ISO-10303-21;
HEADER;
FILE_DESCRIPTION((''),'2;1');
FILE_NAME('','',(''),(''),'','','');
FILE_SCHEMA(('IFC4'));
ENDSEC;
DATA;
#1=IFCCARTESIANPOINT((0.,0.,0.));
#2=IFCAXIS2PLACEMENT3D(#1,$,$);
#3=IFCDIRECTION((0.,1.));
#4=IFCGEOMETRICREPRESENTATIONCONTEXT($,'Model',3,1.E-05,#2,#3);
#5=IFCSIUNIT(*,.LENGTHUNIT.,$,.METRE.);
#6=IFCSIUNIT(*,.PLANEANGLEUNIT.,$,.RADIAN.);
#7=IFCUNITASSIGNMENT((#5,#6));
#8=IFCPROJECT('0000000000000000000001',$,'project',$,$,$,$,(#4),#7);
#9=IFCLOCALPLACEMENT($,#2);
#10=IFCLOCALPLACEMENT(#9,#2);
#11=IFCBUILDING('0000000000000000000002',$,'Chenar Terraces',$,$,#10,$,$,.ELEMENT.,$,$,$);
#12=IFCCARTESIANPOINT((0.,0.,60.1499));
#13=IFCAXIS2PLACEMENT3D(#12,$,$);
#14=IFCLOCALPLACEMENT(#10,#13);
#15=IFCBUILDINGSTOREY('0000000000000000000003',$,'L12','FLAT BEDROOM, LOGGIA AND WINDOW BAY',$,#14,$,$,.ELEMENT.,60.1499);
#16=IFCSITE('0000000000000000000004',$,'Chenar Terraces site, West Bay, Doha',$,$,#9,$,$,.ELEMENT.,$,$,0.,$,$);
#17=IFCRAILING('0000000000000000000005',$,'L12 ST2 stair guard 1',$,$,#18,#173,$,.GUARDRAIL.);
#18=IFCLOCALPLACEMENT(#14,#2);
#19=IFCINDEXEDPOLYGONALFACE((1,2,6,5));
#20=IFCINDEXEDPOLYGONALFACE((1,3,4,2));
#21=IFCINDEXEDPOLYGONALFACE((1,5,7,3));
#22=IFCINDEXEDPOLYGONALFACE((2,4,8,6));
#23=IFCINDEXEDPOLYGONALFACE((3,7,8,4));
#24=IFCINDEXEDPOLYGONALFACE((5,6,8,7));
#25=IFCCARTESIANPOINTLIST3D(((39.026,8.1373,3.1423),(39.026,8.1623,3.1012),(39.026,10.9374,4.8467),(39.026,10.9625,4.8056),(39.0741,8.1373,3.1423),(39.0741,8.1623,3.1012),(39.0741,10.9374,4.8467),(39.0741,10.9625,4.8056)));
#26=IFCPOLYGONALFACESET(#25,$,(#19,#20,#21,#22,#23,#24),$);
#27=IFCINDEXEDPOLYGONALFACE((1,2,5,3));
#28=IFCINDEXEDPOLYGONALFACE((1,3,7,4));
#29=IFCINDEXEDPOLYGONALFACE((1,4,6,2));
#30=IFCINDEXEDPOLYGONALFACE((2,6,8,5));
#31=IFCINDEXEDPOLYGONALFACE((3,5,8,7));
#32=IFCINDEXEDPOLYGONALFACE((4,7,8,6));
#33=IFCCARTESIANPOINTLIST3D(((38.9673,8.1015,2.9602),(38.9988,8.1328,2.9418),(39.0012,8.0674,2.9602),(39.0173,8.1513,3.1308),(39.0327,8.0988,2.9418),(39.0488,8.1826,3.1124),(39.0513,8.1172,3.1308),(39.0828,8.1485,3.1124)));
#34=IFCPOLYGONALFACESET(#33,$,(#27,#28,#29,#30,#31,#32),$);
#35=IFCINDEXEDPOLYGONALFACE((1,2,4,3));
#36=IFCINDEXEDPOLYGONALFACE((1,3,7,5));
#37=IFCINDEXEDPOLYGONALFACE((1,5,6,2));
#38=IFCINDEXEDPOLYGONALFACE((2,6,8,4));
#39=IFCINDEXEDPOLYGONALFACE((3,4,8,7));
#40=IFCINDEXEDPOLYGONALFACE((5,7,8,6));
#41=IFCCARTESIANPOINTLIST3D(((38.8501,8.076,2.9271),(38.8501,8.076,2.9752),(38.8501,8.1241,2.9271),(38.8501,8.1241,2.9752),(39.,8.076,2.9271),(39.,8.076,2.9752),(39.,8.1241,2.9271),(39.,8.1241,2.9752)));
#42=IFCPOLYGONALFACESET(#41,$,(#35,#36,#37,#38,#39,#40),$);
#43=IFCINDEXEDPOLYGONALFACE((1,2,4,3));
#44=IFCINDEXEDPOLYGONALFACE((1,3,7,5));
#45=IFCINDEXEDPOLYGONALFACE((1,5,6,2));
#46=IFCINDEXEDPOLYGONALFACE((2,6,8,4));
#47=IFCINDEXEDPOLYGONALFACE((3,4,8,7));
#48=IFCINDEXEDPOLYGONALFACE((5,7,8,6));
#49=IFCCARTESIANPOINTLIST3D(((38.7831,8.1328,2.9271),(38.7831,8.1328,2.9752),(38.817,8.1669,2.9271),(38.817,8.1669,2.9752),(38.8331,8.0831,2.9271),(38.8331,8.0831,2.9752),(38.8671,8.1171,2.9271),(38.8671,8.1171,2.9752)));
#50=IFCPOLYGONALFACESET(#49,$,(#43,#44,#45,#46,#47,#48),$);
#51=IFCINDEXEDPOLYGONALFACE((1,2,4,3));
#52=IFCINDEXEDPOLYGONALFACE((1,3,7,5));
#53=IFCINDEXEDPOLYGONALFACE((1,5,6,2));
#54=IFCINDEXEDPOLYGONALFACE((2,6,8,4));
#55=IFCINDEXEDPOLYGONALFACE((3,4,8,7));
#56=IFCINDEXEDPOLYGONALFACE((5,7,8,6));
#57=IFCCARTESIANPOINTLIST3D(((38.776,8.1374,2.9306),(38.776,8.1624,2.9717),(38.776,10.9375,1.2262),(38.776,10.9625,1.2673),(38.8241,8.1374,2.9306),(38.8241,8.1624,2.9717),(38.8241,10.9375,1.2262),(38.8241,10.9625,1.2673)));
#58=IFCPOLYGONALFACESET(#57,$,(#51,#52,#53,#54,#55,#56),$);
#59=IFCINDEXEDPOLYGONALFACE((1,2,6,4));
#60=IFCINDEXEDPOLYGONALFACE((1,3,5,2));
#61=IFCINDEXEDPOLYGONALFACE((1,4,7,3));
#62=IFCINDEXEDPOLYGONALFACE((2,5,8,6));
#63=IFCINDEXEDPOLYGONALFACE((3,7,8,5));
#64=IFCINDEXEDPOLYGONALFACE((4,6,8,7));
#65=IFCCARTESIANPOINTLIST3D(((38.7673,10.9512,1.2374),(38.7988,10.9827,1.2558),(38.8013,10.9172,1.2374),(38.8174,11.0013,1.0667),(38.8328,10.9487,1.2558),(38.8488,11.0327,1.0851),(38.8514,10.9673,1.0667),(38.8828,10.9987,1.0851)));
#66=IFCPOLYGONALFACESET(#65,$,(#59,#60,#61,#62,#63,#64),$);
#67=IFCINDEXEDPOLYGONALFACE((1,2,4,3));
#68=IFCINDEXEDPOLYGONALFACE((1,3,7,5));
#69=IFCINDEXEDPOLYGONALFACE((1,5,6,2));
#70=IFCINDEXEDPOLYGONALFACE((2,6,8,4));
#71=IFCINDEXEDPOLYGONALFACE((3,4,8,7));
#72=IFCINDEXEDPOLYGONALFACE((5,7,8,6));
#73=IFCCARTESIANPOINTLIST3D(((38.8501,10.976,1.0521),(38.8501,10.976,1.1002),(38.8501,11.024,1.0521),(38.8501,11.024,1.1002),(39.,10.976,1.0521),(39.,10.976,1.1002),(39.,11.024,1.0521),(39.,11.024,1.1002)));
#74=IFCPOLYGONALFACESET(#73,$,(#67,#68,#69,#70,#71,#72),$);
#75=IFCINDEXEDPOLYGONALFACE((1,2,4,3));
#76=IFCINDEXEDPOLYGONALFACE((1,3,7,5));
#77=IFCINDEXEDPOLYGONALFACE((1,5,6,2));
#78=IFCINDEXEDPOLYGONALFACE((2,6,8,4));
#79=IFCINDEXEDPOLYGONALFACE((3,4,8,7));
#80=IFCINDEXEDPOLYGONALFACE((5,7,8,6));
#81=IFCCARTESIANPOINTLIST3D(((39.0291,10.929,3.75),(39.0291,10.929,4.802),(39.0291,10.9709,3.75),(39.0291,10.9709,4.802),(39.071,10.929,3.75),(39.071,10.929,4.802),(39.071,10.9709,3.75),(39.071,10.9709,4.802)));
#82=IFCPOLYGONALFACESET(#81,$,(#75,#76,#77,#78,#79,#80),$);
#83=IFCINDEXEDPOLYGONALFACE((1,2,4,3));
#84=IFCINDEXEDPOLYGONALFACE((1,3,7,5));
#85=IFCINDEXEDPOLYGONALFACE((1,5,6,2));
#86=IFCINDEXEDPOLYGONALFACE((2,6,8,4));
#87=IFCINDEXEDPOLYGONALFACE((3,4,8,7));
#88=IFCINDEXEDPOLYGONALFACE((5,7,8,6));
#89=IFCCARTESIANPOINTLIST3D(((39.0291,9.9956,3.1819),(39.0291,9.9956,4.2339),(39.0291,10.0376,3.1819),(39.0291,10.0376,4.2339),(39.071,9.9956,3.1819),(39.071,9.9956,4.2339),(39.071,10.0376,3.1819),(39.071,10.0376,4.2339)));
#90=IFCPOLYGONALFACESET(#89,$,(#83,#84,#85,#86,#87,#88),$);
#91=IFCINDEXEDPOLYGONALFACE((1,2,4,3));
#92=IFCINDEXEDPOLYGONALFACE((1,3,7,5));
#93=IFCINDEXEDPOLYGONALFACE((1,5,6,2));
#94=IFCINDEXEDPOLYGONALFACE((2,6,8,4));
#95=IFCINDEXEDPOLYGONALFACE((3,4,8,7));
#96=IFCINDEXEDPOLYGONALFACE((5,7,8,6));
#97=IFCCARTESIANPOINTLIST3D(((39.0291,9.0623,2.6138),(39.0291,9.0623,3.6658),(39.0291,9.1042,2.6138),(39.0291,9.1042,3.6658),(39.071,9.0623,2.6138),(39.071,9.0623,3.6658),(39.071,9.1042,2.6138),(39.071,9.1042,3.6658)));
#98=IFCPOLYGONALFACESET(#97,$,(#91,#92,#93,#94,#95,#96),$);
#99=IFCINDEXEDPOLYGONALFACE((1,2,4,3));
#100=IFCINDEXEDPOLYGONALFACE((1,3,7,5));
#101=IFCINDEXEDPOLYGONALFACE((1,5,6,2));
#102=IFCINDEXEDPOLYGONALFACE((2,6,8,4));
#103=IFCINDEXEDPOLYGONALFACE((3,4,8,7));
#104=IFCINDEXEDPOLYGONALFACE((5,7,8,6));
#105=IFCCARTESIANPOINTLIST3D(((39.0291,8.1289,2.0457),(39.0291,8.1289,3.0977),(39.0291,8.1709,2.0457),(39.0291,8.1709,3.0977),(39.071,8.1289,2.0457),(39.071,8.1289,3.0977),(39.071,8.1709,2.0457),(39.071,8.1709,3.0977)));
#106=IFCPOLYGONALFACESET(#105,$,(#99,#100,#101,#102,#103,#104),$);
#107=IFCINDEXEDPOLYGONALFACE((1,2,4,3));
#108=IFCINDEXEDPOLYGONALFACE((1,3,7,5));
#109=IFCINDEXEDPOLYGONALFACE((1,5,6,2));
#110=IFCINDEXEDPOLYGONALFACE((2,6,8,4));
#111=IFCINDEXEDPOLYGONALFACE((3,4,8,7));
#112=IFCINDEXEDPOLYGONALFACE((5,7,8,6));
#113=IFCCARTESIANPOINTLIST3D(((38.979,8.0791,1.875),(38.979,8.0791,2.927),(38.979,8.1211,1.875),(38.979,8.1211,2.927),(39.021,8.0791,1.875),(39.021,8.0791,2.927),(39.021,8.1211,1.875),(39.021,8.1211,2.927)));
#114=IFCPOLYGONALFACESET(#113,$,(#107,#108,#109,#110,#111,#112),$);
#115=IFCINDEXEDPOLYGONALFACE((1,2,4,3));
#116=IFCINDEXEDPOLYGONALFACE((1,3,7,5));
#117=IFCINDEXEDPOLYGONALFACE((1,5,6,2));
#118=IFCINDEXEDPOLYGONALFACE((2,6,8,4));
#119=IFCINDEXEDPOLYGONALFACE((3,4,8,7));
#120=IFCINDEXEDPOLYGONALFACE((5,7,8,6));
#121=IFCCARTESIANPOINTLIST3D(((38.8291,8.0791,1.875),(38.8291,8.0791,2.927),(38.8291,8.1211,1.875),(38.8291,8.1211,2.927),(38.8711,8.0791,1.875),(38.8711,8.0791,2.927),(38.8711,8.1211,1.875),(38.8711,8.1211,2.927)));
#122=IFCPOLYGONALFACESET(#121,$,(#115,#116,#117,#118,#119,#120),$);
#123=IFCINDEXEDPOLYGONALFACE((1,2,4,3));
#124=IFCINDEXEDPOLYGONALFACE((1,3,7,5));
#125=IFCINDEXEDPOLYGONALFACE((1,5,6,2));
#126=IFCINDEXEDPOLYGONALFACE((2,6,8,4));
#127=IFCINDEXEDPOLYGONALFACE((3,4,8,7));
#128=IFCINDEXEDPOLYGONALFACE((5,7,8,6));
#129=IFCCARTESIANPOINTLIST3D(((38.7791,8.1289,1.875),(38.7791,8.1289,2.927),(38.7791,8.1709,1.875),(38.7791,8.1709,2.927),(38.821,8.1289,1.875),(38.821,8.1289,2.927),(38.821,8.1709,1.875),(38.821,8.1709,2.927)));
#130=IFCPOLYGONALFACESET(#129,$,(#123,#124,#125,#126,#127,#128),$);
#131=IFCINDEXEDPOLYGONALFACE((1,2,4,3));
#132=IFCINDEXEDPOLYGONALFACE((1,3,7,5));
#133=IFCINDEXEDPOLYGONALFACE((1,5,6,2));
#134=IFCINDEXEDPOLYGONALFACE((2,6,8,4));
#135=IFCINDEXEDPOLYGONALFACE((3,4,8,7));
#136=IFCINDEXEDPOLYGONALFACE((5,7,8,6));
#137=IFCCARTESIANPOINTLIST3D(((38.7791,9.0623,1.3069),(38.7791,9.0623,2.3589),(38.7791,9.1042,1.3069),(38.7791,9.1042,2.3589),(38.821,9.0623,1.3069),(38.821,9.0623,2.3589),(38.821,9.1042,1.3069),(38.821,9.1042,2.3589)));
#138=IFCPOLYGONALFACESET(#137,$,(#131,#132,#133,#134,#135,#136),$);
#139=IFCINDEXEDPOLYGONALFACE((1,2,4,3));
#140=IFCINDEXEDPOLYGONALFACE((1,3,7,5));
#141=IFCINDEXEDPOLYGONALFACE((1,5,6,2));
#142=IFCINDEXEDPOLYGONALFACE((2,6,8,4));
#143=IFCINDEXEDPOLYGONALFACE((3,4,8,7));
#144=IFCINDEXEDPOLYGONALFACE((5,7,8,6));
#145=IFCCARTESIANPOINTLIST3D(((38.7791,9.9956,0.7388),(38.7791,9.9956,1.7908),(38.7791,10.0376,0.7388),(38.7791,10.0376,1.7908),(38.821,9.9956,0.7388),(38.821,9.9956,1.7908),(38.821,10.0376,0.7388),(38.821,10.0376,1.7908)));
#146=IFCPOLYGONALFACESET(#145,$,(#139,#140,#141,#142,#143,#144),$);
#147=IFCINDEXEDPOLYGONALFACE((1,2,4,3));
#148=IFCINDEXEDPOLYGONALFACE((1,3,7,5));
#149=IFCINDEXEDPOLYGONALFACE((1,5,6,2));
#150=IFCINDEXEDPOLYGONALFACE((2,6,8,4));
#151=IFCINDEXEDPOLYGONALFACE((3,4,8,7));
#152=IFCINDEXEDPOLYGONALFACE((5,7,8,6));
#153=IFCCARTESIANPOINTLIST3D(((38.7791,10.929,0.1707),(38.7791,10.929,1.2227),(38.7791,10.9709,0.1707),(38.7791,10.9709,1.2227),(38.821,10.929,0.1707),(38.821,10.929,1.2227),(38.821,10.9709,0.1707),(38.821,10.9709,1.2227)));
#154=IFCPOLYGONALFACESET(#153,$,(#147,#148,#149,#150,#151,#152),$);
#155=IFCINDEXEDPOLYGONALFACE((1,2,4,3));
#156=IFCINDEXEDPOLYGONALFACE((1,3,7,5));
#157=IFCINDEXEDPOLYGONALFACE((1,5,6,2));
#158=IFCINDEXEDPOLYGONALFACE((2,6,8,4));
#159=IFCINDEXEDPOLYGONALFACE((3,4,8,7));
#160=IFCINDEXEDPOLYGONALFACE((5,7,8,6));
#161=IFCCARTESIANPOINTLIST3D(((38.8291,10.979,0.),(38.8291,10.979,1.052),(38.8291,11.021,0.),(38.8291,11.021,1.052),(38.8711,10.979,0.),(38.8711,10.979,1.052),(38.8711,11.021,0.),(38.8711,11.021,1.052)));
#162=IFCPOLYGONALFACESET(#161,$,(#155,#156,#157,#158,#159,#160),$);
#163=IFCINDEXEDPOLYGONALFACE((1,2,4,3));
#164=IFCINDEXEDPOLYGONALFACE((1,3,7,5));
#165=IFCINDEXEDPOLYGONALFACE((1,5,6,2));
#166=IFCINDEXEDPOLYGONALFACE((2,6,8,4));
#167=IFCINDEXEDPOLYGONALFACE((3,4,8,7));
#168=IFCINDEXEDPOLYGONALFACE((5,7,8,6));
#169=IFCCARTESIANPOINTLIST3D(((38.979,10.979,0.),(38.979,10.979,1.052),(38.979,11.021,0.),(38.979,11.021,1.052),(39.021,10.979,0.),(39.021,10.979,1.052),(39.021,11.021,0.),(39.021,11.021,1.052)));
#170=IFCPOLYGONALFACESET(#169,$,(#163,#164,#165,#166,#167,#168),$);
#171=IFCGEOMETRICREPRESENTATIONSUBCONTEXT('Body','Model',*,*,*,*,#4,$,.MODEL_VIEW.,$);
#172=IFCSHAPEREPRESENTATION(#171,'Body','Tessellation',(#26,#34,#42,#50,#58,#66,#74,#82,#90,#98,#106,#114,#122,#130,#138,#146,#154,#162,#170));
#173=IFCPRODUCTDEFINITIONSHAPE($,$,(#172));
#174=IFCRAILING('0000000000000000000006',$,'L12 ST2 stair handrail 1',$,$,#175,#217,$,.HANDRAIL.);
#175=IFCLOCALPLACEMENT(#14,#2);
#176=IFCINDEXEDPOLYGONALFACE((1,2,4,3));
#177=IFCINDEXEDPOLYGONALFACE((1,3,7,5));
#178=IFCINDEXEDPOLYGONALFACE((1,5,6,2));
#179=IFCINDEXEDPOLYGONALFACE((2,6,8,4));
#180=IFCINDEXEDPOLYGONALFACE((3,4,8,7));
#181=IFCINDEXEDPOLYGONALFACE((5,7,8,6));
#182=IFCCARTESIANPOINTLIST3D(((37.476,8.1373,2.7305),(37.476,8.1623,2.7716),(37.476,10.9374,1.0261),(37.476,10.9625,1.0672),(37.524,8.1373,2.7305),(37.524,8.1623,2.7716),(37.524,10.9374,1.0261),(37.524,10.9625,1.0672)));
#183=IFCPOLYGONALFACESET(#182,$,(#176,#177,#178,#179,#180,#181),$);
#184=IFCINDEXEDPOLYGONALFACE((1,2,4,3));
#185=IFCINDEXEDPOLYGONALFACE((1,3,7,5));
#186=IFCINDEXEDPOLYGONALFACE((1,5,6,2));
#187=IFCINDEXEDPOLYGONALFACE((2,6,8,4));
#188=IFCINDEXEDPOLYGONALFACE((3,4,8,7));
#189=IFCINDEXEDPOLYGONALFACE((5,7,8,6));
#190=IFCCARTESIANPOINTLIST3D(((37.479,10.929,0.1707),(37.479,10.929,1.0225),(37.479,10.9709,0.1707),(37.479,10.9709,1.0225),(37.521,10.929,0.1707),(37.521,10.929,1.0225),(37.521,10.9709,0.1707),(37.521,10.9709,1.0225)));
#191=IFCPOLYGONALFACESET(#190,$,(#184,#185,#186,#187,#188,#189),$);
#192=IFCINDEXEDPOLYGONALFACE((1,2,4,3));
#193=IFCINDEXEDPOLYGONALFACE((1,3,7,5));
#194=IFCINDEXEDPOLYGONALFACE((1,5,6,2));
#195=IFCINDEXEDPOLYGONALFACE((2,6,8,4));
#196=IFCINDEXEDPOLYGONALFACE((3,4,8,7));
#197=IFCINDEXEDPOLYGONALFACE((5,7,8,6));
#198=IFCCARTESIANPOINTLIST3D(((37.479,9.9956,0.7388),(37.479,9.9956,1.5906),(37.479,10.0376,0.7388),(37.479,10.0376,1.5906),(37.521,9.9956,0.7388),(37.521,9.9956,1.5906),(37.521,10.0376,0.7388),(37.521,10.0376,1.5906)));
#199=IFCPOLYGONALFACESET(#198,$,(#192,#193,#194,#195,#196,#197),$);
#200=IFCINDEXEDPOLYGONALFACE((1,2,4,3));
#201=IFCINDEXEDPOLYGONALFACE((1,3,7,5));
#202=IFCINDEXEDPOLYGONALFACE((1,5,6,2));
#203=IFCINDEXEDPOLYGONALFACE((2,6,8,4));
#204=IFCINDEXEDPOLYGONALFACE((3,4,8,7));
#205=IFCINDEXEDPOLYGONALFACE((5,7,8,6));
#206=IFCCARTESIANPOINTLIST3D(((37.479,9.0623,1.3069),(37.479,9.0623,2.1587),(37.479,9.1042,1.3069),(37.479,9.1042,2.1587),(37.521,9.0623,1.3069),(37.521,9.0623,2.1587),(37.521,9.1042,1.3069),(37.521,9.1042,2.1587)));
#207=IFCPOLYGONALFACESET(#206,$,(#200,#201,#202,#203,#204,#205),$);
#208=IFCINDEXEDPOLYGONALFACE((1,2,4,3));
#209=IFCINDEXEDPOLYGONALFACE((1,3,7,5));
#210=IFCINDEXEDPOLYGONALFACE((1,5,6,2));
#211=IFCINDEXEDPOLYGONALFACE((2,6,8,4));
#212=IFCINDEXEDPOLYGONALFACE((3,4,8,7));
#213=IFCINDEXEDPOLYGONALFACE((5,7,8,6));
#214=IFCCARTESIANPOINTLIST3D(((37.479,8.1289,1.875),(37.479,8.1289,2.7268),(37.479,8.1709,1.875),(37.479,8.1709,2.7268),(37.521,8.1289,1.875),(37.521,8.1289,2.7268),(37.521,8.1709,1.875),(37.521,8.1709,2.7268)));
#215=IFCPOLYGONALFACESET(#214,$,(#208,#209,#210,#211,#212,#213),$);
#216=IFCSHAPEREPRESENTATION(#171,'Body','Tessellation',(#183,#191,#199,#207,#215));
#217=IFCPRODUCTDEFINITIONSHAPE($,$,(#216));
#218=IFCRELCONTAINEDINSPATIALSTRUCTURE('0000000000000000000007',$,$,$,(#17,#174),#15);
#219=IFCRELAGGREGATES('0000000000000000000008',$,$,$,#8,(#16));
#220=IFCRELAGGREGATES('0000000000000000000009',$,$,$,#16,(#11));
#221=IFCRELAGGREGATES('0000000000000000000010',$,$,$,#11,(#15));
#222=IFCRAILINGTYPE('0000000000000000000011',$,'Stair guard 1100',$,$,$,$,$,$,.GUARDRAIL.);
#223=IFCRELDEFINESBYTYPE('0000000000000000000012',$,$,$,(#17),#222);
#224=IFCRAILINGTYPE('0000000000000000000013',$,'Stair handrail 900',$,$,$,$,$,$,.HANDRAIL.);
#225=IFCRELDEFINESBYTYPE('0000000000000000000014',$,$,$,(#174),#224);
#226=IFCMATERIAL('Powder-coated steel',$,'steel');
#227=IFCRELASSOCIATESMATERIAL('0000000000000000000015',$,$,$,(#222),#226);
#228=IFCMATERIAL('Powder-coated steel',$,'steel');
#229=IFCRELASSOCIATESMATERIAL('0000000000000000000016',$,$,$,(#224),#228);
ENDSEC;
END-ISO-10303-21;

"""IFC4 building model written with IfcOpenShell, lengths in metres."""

from ifc_helpers import new_model, si_unit, direction, frame, origin, origin_2d, place, context, subcontext, project, spatial, rectangle, extrude, material, type_object, element, save


model = new_model("IFC4")

# Units and contexts
model_context = context("Model", 3, precision=1e-05, world=origin(), true_north=direction((0.0, 1.0)))
body_context = subcontext(model_context, "Body", "Model", "MODEL_VIEW")
ifc_project = project(units=[si_unit("LENGTHUNIT", "METRE"), si_unit("PLANEANGLEUNIT", "RADIAN")], contexts=[model_context])

# Site, building, storey
site_placement = place(None, origin())
site = spatial("IfcSite", under=ifc_project, at=site_placement, Name="Chenar Terraces site, West Bay, Doha", CompositionType="ELEMENT", RefElevation=0.0)
building_placement = place(site_placement, origin())
building = spatial("IfcBuilding", under=site, at=building_placement, Name="Chenar Terraces", CompositionType="ELEMENT")
storey_placement = place(building_placement, frame((0.0, 0.0, 60.1499)))
storey = spatial("IfcBuildingStorey", under=building, at=storey_placement, Name="L12", Description="FLAT BEDROOM, LOGGIA AND WINDOW BAY", CompositionType="ELEMENT", Elevation=60.1499)

# Railings
ifc_material_1 = material(Name="Powder-coated steel", Category="steel")
railing_type_1 = type_object("IfcRailingType", Name="Stair guard 1100", PredefinedType="GUARDRAIL", material=ifc_material_1)
railing_1_placement = place(storey_placement, frame((39.05, 10.95, 3.75)))
element("IfcRailing", 1, at=railing_1_placement, inside=storey, type_object=railing_type_1, Name="L12 ST2 stair guard 1", PredefinedType="GUARDRAIL", context=body_context, shape_type="SweptSolid", body=[
    extrude(rectangle(XDim=0.0481, YDim=0.0481, at=origin_2d()), frame((0.0, 0.0, 1.0762), z_axis=(0.0, -0.854203, -0.51994), x_axis=(1.0, 0.0, 0.0)), (0.0, 0.0, 1.0), 3.2781),
    extrude(rectangle(XDim=0.0481, YDim=0.0481, at=origin_2d()), frame((0.0, -2.8, -0.6284), z_axis=(-0.270997, -0.269675, -0.924033), x_axis=(0.705376, -0.708834, 0.0)), (0.0, 0.0, 1.0), 0.1846),
    extrude(rectangle(XDim=0.0481, YDim=0.0481, at=origin_2d()), frame((-0.05, -2.8499, -0.7988), z_axis=(-1.0, 0.0, 0.0), x_axis=(0.0, -1.0, 0.0)), (0.0, 0.0, 1.0), 0.1499),
    extrude(rectangle(XDim=0.0481, YDim=0.0481, at=origin_2d()), frame((-0.2, -2.8499, -0.7988), z_axis=(-0.708834, 0.705376, 0.0), x_axis=(-0.705376, -0.708834, 0.0)), (0.0, 0.0, 1.0), 0.0706),
    extrude(rectangle(XDim=0.0481, YDim=0.0481, at=origin_2d()), frame((-0.25, -2.8, -0.7988), z_axis=(0.0, 0.854203, -0.51994), x_axis=(-1.0, 0.0, 0.0)), (0.0, 0.0, 1.0), 3.2781),
    extrude(rectangle(XDim=0.0481, YDim=0.0481, at=origin_2d()), frame((-0.25, 0.0, -2.5034), z_axis=(0.2709, 0.2709, -0.923703), x_axis=(-0.707107, 0.707107, 0.0)), (0.0, 0.0, 1.0), 0.1848),
    extrude(rectangle(XDim=0.0481, YDim=0.0481, at=origin_2d()), frame((-0.2, 0.05, -2.6738), z_axis=(1.0, 0.0, 0.0), x_axis=(0.0, 1.0, 0.0)), (0.0, 0.0, 1.0), 0.1499),
    extrude(rectangle(XDim=0.042, YDim=0.042, at=origin_2d()), origin(), (0.0, 0.0, 1.0), 1.052),
    extrude(rectangle(XDim=0.042, YDim=0.042, at=origin_2d()), frame((0.0, -0.9333, -0.5681)), (0.0, 0.0, 1.0), 1.052),
    extrude(rectangle(XDim=0.042, YDim=0.042, at=origin_2d()), frame((0.0, -1.8667, -1.1362)), (0.0, 0.0, 1.0), 1.052),
    extrude(rectangle(XDim=0.042, YDim=0.042, at=origin_2d()), frame((0.0, -2.8, -1.7043)), (0.0, 0.0, 1.0), 1.052),
    extrude(rectangle(XDim=0.042, YDim=0.042, at=origin_2d()), frame((-0.05, -2.8499, -1.875)), (0.0, 0.0, 1.0), 1.052),
    extrude(rectangle(XDim=0.042, YDim=0.042, at=origin_2d()), frame((-0.2, -2.8499, -1.875)), (0.0, 0.0, 1.0), 1.052),
    extrude(rectangle(XDim=0.042, YDim=0.042, at=origin_2d()), frame((-0.25, -2.8, -1.875)), (0.0, 0.0, 1.0), 1.052),
    extrude(rectangle(XDim=0.042, YDim=0.042, at=origin_2d()), frame((-0.25, -1.8667, -2.4431)), (0.0, 0.0, 1.0), 1.052),
    extrude(rectangle(XDim=0.042, YDim=0.042, at=origin_2d()), frame((-0.25, -0.9333, -3.0112)), (0.0, 0.0, 1.0), 1.052),
    extrude(rectangle(XDim=0.042, YDim=0.042, at=origin_2d()), frame((-0.25, 0.0, -3.5793)), (0.0, 0.0, 1.0), 1.052),
    extrude(rectangle(XDim=0.042, YDim=0.042, at=origin_2d()), frame((-0.2, 0.05, -3.75)), (0.0, 0.0, 1.0), 1.052),
    extrude(rectangle(XDim=0.042, YDim=0.042, at=origin_2d()), frame((-0.05, 0.05, -3.75)), (0.0, 0.0, 1.0), 1.052),
])
ifc_material_2 = material(Name="Powder-coated steel", Category="steel")
railing_type_2 = type_object("IfcRailingType", Name="Stair handrail 900", PredefinedType="HANDRAIL", material=ifc_material_2)
railing_2_placement = place(storey_placement, frame((37.5, 10.95, 0.1707)))
element("IfcRailing", 2, at=railing_2_placement, inside=storey, type_object=railing_type_2, Name="L12 ST2 stair handrail 1", PredefinedType="HANDRAIL", context=body_context, shape_type="SweptSolid", body=[
    extrude(rectangle(XDim=0.0481, YDim=0.0481, at=origin_2d()), frame((0.0, 0.0, 0.876), z_axis=(0.0, -0.854203, 0.51994), x_axis=(1.0, 0.0, 0.0)), (0.0, 0.0, 1.0), 3.2781),
    extrude(rectangle(XDim=0.042, YDim=0.042, at=origin_2d()), origin(), (0.0, 0.0, 1.0), 0.8518),
    extrude(rectangle(XDim=0.042, YDim=0.042, at=origin_2d()), frame((0.0, -0.9333, 0.5681)), (0.0, 0.0, 1.0), 0.8518),
    extrude(rectangle(XDim=0.042, YDim=0.042, at=origin_2d()), frame((0.0, -1.8667, 1.1362)), (0.0, 0.0, 1.0), 0.8518),
    extrude(rectangle(XDim=0.042, YDim=0.042, at=origin_2d()), frame((0.0, -2.8, 1.7043)), (0.0, 0.0, 1.0), 0.8518),
])

save(model, "model.ifc")
